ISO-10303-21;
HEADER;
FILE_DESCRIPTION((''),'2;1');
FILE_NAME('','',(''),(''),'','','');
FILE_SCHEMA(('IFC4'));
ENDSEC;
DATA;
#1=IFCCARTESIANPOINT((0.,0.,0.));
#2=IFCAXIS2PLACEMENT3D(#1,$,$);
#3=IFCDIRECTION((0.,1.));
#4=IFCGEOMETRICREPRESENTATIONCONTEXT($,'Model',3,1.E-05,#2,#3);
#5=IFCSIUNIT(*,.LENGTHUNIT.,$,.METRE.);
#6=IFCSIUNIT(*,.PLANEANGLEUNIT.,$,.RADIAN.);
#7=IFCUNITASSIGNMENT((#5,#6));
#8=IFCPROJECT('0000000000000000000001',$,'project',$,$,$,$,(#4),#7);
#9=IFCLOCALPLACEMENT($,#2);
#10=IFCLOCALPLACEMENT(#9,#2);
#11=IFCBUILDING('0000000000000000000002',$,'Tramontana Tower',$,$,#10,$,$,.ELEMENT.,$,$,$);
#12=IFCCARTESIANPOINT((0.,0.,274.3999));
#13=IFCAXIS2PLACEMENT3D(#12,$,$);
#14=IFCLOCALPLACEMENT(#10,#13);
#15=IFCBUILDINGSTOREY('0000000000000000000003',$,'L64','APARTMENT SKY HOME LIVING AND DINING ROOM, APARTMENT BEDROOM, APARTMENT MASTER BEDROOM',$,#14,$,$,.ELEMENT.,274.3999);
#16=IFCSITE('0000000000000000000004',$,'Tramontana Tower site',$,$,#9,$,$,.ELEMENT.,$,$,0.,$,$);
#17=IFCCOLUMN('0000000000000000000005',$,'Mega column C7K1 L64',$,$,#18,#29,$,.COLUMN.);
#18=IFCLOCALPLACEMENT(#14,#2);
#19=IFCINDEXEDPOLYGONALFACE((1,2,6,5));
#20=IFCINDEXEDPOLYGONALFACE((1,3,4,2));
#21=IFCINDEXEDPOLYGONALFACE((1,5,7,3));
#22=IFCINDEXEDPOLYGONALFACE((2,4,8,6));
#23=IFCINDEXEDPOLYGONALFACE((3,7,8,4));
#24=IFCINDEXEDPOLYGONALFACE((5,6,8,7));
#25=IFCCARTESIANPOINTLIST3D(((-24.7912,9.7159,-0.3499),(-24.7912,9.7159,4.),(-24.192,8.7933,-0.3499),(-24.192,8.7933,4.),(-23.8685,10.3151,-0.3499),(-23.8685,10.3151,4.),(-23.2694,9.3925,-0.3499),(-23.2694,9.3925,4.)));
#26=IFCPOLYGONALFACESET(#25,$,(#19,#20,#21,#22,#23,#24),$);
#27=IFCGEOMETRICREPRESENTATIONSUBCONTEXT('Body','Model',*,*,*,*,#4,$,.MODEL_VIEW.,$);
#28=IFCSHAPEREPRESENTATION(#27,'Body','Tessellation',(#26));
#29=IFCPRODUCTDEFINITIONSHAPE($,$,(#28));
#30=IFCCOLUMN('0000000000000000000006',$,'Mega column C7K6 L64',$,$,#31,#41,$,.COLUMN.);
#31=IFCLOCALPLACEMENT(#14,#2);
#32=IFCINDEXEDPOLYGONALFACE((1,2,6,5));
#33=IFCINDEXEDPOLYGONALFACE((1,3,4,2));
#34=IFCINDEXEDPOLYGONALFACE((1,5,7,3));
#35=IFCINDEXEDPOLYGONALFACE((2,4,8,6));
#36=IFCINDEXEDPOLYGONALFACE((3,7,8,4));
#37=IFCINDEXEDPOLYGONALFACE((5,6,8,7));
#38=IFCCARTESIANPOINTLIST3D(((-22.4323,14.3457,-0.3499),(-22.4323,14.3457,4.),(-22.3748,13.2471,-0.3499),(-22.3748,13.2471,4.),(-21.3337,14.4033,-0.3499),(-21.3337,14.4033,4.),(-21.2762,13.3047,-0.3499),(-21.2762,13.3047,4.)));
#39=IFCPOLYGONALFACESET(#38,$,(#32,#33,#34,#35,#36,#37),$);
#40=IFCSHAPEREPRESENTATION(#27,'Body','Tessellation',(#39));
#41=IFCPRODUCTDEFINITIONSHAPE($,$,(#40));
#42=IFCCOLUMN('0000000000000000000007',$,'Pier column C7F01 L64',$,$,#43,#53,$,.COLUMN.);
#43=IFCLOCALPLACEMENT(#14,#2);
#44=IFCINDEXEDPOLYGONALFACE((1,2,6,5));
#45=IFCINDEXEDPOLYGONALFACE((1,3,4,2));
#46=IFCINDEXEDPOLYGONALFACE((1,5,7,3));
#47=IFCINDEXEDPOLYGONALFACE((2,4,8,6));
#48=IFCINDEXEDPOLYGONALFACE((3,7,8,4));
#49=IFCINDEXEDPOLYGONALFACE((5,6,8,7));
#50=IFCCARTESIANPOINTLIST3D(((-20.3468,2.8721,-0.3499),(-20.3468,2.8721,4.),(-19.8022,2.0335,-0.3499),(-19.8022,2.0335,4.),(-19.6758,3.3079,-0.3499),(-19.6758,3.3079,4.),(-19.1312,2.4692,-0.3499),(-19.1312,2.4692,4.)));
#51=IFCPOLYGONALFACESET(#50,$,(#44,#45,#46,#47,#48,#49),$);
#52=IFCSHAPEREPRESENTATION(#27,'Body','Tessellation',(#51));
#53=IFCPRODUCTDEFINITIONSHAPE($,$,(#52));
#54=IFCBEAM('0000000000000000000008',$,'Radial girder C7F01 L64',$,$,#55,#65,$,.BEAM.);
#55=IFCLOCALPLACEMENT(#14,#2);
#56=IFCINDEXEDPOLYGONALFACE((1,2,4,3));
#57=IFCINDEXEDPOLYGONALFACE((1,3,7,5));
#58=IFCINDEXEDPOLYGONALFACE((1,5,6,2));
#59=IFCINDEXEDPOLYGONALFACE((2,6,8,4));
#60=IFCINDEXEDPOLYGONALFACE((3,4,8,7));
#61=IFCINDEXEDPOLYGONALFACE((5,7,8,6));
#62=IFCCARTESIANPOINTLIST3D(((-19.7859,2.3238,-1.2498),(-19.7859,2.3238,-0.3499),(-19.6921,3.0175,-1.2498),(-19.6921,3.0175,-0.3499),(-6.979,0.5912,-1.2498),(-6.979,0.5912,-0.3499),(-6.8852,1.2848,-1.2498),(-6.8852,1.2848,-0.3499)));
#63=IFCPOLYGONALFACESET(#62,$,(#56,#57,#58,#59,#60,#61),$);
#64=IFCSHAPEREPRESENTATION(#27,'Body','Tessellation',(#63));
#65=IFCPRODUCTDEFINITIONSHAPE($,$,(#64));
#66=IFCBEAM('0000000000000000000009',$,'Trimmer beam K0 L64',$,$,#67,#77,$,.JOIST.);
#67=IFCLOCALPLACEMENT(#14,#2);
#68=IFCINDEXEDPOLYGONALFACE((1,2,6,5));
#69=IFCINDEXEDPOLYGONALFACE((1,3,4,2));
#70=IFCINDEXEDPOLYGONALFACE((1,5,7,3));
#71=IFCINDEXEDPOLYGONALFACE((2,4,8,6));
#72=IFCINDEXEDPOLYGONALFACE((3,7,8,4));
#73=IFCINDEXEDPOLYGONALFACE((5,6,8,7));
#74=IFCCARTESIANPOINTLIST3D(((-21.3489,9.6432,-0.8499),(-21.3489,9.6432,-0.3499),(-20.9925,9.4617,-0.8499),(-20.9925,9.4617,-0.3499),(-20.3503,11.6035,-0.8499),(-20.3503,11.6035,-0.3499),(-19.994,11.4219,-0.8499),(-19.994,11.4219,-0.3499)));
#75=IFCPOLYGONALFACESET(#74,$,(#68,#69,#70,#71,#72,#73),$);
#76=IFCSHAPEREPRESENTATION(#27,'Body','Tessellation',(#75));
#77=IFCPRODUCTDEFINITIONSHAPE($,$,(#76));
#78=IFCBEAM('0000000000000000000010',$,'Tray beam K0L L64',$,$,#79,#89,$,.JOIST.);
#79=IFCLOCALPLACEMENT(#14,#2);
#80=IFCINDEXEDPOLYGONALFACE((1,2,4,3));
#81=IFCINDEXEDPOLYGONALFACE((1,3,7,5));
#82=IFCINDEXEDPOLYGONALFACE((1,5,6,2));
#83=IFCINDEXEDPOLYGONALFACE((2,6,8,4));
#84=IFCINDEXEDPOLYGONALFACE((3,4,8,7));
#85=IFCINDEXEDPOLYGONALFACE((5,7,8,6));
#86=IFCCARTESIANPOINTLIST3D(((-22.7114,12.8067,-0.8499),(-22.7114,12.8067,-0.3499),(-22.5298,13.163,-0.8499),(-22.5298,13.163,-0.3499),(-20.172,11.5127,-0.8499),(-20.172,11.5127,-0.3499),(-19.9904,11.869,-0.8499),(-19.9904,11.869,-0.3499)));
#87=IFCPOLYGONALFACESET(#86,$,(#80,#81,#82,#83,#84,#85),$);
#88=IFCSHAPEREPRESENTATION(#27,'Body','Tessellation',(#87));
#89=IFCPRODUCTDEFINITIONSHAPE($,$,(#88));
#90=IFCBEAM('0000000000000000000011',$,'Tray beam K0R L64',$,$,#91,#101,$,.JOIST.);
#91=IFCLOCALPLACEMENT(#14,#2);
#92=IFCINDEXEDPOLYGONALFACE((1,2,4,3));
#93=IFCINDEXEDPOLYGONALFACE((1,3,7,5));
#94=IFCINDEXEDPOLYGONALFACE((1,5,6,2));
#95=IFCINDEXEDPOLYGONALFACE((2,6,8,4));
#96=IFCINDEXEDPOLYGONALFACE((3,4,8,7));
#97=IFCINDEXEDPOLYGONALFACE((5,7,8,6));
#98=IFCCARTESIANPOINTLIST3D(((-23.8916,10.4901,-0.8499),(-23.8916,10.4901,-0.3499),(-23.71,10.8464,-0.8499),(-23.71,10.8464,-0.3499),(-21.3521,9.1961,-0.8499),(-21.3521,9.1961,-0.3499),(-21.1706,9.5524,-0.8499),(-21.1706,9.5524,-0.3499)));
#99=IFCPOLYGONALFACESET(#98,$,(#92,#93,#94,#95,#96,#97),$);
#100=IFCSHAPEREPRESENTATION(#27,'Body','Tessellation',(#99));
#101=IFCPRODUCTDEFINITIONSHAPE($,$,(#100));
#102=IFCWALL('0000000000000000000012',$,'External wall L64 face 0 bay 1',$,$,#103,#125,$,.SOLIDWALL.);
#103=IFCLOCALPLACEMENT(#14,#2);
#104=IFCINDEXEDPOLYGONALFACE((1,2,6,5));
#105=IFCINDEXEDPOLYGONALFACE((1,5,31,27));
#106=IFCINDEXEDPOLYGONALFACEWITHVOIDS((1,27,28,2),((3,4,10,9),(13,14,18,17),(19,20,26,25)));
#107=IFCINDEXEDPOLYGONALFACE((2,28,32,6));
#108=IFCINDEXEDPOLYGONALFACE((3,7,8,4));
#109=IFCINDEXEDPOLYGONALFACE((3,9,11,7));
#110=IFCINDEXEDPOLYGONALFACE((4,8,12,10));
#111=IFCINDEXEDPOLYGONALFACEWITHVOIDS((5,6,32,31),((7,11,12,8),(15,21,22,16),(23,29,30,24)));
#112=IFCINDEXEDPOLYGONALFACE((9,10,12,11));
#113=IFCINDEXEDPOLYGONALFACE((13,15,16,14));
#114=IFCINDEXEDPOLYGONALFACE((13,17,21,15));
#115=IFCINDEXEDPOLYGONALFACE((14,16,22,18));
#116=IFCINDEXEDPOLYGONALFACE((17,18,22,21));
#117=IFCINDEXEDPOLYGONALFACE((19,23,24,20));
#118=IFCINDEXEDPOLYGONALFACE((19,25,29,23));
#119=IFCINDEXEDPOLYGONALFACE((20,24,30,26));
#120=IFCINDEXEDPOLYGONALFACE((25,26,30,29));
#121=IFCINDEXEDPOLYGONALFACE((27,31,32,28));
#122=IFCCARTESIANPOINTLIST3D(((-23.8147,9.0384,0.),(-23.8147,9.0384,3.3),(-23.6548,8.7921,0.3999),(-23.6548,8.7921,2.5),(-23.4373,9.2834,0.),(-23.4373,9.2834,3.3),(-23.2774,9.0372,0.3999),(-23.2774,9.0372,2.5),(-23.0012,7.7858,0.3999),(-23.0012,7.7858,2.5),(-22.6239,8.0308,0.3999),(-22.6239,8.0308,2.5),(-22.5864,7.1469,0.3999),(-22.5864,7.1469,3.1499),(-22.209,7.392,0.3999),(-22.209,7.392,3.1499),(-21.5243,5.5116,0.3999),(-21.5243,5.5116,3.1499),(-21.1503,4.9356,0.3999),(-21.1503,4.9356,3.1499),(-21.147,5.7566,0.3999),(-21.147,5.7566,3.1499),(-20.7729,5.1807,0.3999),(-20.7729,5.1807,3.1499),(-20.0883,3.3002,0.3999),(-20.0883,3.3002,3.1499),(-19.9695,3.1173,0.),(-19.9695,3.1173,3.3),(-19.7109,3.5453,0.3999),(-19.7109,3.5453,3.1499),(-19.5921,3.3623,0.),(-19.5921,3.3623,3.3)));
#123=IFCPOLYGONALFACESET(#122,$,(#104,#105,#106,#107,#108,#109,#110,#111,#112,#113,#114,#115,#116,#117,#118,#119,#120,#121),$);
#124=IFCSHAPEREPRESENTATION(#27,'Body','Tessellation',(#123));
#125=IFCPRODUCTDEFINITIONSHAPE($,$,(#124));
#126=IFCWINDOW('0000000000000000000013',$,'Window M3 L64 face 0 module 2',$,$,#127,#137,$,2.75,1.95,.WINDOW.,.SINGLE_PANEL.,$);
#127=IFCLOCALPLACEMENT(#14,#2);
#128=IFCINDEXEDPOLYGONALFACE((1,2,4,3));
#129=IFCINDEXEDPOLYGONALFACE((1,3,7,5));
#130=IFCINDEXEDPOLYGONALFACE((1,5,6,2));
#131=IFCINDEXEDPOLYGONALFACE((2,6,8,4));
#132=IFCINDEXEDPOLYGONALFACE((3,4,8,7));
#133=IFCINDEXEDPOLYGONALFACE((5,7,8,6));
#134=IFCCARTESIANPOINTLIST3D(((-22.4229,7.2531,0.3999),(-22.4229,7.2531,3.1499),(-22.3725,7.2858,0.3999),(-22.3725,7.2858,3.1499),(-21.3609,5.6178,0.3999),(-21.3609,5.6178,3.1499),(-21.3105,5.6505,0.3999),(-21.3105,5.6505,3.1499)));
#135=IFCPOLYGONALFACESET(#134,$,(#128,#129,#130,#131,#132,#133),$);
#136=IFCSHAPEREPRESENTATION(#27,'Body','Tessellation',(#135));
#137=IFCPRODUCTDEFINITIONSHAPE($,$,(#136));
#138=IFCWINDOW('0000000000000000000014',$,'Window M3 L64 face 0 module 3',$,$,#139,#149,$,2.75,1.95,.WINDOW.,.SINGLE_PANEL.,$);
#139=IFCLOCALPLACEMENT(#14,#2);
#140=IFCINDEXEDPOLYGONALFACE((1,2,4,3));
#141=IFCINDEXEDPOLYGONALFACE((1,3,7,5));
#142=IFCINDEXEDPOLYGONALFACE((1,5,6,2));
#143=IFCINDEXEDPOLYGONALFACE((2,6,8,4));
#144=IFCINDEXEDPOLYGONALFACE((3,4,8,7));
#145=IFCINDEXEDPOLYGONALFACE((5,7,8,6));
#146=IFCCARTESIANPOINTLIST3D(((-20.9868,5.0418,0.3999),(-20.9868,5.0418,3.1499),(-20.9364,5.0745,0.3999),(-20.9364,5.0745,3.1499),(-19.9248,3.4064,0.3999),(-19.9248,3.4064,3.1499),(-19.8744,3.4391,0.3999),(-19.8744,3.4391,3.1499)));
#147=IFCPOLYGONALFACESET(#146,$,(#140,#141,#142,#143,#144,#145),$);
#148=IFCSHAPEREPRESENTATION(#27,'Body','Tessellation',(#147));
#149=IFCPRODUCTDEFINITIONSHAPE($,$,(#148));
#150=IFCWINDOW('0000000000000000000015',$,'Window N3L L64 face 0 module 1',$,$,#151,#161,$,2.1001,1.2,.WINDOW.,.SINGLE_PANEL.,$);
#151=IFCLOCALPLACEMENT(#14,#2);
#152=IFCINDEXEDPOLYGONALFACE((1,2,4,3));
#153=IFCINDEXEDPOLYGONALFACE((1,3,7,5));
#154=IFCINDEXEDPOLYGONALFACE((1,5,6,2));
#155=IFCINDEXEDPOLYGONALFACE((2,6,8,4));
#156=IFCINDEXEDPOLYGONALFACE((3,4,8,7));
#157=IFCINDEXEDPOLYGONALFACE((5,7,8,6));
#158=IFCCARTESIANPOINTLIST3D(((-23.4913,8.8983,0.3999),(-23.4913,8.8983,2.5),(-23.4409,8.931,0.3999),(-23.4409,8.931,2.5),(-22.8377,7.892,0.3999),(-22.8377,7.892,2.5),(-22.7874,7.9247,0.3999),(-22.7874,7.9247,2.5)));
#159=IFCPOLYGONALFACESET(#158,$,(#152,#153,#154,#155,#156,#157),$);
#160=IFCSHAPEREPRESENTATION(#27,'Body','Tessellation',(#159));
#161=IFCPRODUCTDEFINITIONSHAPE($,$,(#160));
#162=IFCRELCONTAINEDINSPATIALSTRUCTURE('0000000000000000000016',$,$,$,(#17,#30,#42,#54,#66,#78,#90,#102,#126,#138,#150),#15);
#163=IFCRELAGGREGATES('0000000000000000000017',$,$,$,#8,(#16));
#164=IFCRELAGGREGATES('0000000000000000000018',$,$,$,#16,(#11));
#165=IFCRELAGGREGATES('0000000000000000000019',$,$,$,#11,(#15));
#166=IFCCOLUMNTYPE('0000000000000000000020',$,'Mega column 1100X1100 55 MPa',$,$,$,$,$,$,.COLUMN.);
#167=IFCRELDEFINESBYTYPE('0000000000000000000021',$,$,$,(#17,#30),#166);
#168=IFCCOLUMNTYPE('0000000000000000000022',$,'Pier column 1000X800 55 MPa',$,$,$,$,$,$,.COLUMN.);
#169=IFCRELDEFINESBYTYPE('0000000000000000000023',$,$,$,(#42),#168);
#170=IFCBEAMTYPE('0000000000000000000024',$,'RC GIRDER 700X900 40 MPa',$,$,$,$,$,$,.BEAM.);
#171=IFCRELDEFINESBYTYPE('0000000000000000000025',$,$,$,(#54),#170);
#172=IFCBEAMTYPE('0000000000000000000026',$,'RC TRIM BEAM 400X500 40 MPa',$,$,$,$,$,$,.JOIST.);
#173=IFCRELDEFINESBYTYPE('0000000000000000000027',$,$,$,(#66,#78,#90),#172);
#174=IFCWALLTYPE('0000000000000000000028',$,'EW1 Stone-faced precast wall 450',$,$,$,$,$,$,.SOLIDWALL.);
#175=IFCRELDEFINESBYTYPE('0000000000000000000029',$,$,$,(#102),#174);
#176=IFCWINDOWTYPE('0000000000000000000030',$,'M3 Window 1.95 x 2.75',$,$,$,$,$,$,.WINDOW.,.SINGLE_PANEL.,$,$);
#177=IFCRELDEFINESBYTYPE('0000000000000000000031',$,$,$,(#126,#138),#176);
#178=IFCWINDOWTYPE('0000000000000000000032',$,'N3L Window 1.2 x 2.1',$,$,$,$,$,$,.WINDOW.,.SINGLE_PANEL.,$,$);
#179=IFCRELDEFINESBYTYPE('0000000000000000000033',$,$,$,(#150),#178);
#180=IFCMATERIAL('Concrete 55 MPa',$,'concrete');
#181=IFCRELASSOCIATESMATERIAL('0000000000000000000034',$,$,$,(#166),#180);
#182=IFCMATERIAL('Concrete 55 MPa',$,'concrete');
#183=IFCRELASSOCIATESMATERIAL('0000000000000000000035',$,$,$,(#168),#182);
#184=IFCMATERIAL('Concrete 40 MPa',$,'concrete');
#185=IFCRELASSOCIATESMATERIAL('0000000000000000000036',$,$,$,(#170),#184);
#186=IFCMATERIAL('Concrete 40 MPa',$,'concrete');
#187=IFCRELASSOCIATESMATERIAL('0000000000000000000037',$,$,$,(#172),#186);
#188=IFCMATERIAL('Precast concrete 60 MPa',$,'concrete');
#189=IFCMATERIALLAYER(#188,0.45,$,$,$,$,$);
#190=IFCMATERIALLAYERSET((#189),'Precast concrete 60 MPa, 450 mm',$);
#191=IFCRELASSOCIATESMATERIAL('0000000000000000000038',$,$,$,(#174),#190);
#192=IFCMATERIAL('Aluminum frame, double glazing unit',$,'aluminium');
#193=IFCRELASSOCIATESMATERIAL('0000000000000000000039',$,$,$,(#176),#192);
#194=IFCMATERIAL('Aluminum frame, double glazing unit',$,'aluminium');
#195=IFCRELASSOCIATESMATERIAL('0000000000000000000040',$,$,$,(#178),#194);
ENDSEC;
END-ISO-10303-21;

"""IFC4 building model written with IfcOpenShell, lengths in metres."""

from ifc_helpers import new_model, si_unit, direction, frame, frame_2d, origin, origin_2d, place, context, subcontext, project, spatial, rectangle, extrude, material, layer, layer_set, material_profile, profile_set, type_object, element, fill, save


model = new_model("IFC4")

# Units and contexts
model_context = context("Model", 3, precision=1e-05, world=origin(), true_north=direction((0.0, 1.0)))
body_context = subcontext(model_context, "Body", "Model", "MODEL_VIEW")
ifc_project = project(units=[si_unit("LENGTHUNIT", "METRE"), si_unit("PLANEANGLEUNIT", "RADIAN")], contexts=[model_context])

# Site, building, storey
site_placement = place(None, origin())
site = spatial("IfcSite", under=ifc_project, at=site_placement, Name="Tramontana Tower site", CompositionType="ELEMENT", RefElevation=0.0)
building_placement = place(site_placement, origin())
building = spatial("IfcBuilding", under=site, at=building_placement, Name="Tramontana Tower", CompositionType="ELEMENT")
storey_placement = place(building_placement, frame((0.0, 0.0, 274.3999)))
storey = spatial("IfcBuildingStorey", under=building, at=storey_placement, Name="L64", Description="APARTMENT SKY HOME LIVING AND DINING ROOM, APARTMENT BEDROOM, APARTMENT MASTER BEDROOM", CompositionType="ELEMENT", Elevation=274.3999)

# Columns
ifc_material_1 = material(Name="Concrete 55 MPa", Category="concrete")
ifc_material_profile_1 = material_profile(ifc_material_1, rectangle(XDim=1.1001, YDim=1.1001, at=origin_2d()), Name="Mega column 1100X1100 55 MPa")
ifc_profile_set_1 = profile_set([ifc_material_profile_1], Name="Concrete 55 MPa")
column_type_1 = type_object("IfcColumnType", Name="Mega column 1100X1100 55 MPa", PredefinedType="COLUMN", material=ifc_profile_set_1)
for number, where, z_axis, x_axis, name in (
    (1, (-24.0303, 9.5542, -0.3499), (0.0, 0.0, 1.0), (0.544639, -0.838671, 0.0), "Mega column C7K1 L64"),
    (2, (-21.8542, 13.8252, -0.3499), (0.0, 0.0, 1.0), (-0.99863, -0.052336, 0.0), "Mega column C7K6 L64"),
):
    element("IfcColumn", number, at=place(storey_placement, frame(where, z_axis=z_axis, x_axis=x_axis)), inside=storey, type_object=column_type_1, Name=name, PredefinedType="COLUMN", context=body_context, shape_type="SweptSolid", body=[
        extrude(rectangle(XDim=1.1001, YDim=1.1001, at=origin_2d()), origin(), (0.0, 0.0, 1.0), 4.3499),
    ])
ifc_material_2 = material(Name="Concrete 55 MPa", Category="concrete")
ifc_material_profile_2 = material_profile(ifc_material_2, rectangle(XDim=1.0, YDim=0.8, at=origin_2d()), Name="Pier column 1000X800 55 MPa")
ifc_profile_set_2 = profile_set([ifc_material_profile_2], Name="Concrete 55 MPa")
column_type_2 = type_object("IfcColumnType", Name="Pier column 1000X800 55 MPa", PredefinedType="COLUMN", material=ifc_profile_set_2)
column_placement = place(storey_placement, frame((-19.739, 2.6707, -0.3499), z_axis=(0.0, 0.0, 1.0), x_axis=(0.544639, -0.838671, 0.0)))
element("IfcColumn", 3, at=column_placement, inside=storey, type_object=column_type_2, Name="Pier column C7F01 L64", PredefinedType="COLUMN", context=body_context, shape_type="SweptSolid", body=[
    extrude(rectangle(XDim=1.0, YDim=0.8, at=origin_2d()), origin(), (0.0, 0.0, 1.0), 4.3499),
])

# Beams
ifc_material_3 = material(Name="Concrete 40 MPa", Category="concrete")
ifc_material_profile_3 = material_profile(ifc_material_3, rectangle(XDim=0.7, YDim=0.8999, at=origin_2d()), Name="RC GIRDER 700X900 40 MPa")
ifc_profile_set_3 = profile_set([ifc_material_profile_3], Name="Concrete 40 MPa")
beam_type_1 = type_object("IfcBeamType", Name="RC GIRDER 700X900 40 MPa", PredefinedType="BEAM", material=ifc_profile_set_3)
beam_1_placement = place(storey_placement, frame((-19.739, 2.6707, -0.7998), z_axis=(0.990972, -0.13407, 0.0), x_axis=(0.13407, 0.990972, 0.0)))
element("IfcBeam", 4, at=beam_1_placement, inside=storey, type_object=beam_type_1, Name="Radial girder C7F01 L64", PredefinedType="BEAM", context=body_context, shape_type="SweptSolid", body=[
    extrude(rectangle(XDim=0.7, YDim=0.8999, at=origin_2d()), origin(), (0.0, 0.0, 1.0), 12.9236),
])
ifc_material_4 = material(Name="Concrete 40 MPa", Category="concrete")
ifc_material_profile_4 = material_profile(ifc_material_4, rectangle(XDim=0.3999, YDim=0.5, at=origin_2d()), Name="RC TRIM BEAM 400X500 40 MPa")
ifc_profile_set_4 = profile_set([ifc_material_profile_4], Name="Concrete 40 MPa")
beam_type_2 = type_object("IfcBeamType", Name="RC TRIM BEAM 400X500 40 MPa", PredefinedType="JOIST", material=ifc_profile_set_4)
beam_2_placement = place(storey_placement, frame((-20.1721, 11.5127, -0.5999), z_axis=(-0.453904, -0.891051, 0.0), x_axis=(0.891051, -0.453904, 0.0)))
element("IfcBeam", 5, at=beam_2_placement, inside=storey, type_object=beam_type_2, Name="Trimmer beam K0 L64", PredefinedType="JOIST", context=body_context, shape_type="SweptSolid", body=[
    extrude(rectangle(XDim=0.3999, YDim=0.5, at=origin_2d()), origin(), (0.0, 0.0, 1.0), 2.2),
])
for number, where, z_axis, x_axis, name in (
    (6, (-22.6206, 12.9849, -0.5999), (0.890992, -0.454019, 0.0), (0.454019, 0.890992, 0.0), "Tray beam K0L L64"),
    (7, (-23.8008, 10.6682, -0.5999), (0.890992, -0.454019, 0.0), (0.454019, 0.890992, 0.0), "Tray beam K0R L64"),
):
    element("IfcBeam", number, at=place(storey_placement, frame(where, z_axis=z_axis, x_axis=x_axis)), inside=storey, type_object=beam_type_2, Name=name, PredefinedType="JOIST", context=body_context, shape_type="SweptSolid", body=[
        extrude(rectangle(XDim=0.3999, YDim=0.5, at=origin_2d()), origin(), (0.0, 0.0, 1.0), 2.8501),
    ])

# Wall, openings, windows
ifc_material_5 = material(Name="Precast concrete 60 MPa", Category="concrete")
ifc_layer_1 = layer(ifc_material_5, 0.45)
ifc_layer_set_1 = layer_set([ifc_layer_1], Name="Precast concrete 60 MPa, 450 mm")
wall_type_1 = type_object("IfcWallType", Name="EW1 Stone-faced precast wall 450", PredefinedType="SOLIDWALL", material=ifc_layer_set_1)
wall_1_placement = place(storey_placement, frame((-23.626, 9.1609, 0.0), z_axis=(0.0, 0.0, 1.0), x_axis=(0.544637, -0.838672, 0.0)))
wall_1 = element("IfcWall", 8, at=wall_1_placement, inside=storey, type_object=wall_type_1, Name="External wall L64 face 0 bay 1", PredefinedType="SOLIDWALL", context=body_context, shape_type="SweptSolid", body=[
    extrude(rectangle(XDim=7.0601, YDim=0.45, at=frame_2d((3.53, 0.0))), origin(), (0.0, 0.0, 1.0), 3.3),
])
opening_1_placement = place(wall_1_placement, frame((0.2935, 0.0, 0.3999)))
opening_1 = element("IfcOpeningElement", 9, at=opening_1_placement, cuts=wall_1, PredefinedType="OPENING", context=body_context, shape_type="SweptSolid", body=[
    extrude(rectangle(XDim=1.2, YDim=2.1001, at=frame_2d((0.6001, 1.05))), frame((0.0, 0.2349, 0.0), z_axis=(0.0, -1.0, 0.0), x_axis=(1.0, 0.0, 0.0)), (0.0, 0.0, 1.0), 0.47),
])
opening_2_placement = place(wall_1_placement, frame((2.2551, 0.0, 0.3999)))
opening_2 = element("IfcOpeningElement", 10, at=opening_2_placement, cuts=wall_1, PredefinedType="OPENING", context=body_context, shape_type="SweptSolid", body=[
    extrude(rectangle(XDim=1.95, YDim=2.75, at=frame_2d((0.9751, 1.375))), frame((0.0, 0.2349, 0.0), z_axis=(0.0, -1.0, 0.0), x_axis=(1.0, 0.0, 0.0)), (0.0, 0.0, 1.0), 0.47),
])
opening_3_placement = place(wall_1_placement, frame((4.8918, 0.0, 0.3999)))
opening_3 = element("IfcOpeningElement", 11, at=opening_3_placement, cuts=wall_1, PredefinedType="OPENING", context=body_context, shape_type="SweptSolid", body=[
    extrude(rectangle(XDim=1.95, YDim=2.75, at=frame_2d((0.9751, 1.375))), frame((0.0, 0.2349, 0.0), z_axis=(0.0, -1.0, 0.0), x_axis=(1.0, 0.0, 0.0)), (0.0, 0.0, 1.0), 0.47),
])
ifc_material_6 = material(Name="Aluminum frame, double glazing unit", Category="aluminium")
window_type_1 = type_object("IfcWindowType", Name="M3 Window 1.95 x 2.75", PartitioningType="SINGLE_PANEL", PredefinedType="WINDOW", material=ifc_material_6)
window_1_placement = place(opening_2_placement, origin())
window_1 = element("IfcWindow", 12, at=window_1_placement, inside=storey, type_object=window_type_1, Name="Window M3 L64 face 0 module 2", OverallHeight=2.75, OverallWidth=1.95, PartitioningType="SINGLE_PANEL", PredefinedType="WINDOW", context=body_context, shape_type="SweptSolid", body=[
    extrude(rectangle(XDim=1.95, YDim=2.75, at=frame_2d((0.9751, 1.375))), frame((0.0, 0.03, 0.0), z_axis=(0.0, -1.0, 0.0), x_axis=(1.0, 0.0, 0.0)), (0.0, 0.0, 1.0), 0.0601),
])
fill(opening_2, window_1)
window_2_placement = place(opening_3_placement, origin())
window_2 = element("IfcWindow", 13, at=window_2_placement, inside=storey, type_object=window_type_1, Name="Window M3 L64 face 0 module 3", OverallHeight=2.75, OverallWidth=1.95, PartitioningType="SINGLE_PANEL", PredefinedType="WINDOW", context=body_context, shape_type="SweptSolid", body=[
    extrude(rectangle(XDim=1.95, YDim=2.75, at=frame_2d((0.9751, 1.375))), frame((0.0, 0.03, 0.0), z_axis=(0.0, -1.0, 0.0), x_axis=(1.0, 0.0, 0.0)), (0.0, 0.0, 1.0), 0.0601),
])
fill(opening_3, window_2)
ifc_material_7 = material(Name="Aluminum frame, double glazing unit", Category="aluminium")
window_type_2 = type_object("IfcWindowType", Name="N3L Window 1.2 x 2.1", PartitioningType="SINGLE_PANEL", PredefinedType="WINDOW", material=ifc_material_7)
window_3_placement = place(opening_1_placement, origin())
window_3 = element("IfcWindow", 14, at=window_3_placement, inside=storey, type_object=window_type_2, Name="Window N3L L64 face 0 module 1", OverallHeight=2.1001, OverallWidth=1.2, PartitioningType="SINGLE_PANEL", PredefinedType="WINDOW", context=body_context, shape_type="SweptSolid", body=[
    extrude(rectangle(XDim=1.2, YDim=2.1001, at=frame_2d((0.6001, 1.05))), frame((0.0, 0.03, 0.0), z_axis=(0.0, -1.0, 0.0), x_axis=(1.0, 0.0, 0.0)), (0.0, 0.0, 1.0), 0.0601),
])
fill(opening_1, window_3)

save(model, "model.ifc")
